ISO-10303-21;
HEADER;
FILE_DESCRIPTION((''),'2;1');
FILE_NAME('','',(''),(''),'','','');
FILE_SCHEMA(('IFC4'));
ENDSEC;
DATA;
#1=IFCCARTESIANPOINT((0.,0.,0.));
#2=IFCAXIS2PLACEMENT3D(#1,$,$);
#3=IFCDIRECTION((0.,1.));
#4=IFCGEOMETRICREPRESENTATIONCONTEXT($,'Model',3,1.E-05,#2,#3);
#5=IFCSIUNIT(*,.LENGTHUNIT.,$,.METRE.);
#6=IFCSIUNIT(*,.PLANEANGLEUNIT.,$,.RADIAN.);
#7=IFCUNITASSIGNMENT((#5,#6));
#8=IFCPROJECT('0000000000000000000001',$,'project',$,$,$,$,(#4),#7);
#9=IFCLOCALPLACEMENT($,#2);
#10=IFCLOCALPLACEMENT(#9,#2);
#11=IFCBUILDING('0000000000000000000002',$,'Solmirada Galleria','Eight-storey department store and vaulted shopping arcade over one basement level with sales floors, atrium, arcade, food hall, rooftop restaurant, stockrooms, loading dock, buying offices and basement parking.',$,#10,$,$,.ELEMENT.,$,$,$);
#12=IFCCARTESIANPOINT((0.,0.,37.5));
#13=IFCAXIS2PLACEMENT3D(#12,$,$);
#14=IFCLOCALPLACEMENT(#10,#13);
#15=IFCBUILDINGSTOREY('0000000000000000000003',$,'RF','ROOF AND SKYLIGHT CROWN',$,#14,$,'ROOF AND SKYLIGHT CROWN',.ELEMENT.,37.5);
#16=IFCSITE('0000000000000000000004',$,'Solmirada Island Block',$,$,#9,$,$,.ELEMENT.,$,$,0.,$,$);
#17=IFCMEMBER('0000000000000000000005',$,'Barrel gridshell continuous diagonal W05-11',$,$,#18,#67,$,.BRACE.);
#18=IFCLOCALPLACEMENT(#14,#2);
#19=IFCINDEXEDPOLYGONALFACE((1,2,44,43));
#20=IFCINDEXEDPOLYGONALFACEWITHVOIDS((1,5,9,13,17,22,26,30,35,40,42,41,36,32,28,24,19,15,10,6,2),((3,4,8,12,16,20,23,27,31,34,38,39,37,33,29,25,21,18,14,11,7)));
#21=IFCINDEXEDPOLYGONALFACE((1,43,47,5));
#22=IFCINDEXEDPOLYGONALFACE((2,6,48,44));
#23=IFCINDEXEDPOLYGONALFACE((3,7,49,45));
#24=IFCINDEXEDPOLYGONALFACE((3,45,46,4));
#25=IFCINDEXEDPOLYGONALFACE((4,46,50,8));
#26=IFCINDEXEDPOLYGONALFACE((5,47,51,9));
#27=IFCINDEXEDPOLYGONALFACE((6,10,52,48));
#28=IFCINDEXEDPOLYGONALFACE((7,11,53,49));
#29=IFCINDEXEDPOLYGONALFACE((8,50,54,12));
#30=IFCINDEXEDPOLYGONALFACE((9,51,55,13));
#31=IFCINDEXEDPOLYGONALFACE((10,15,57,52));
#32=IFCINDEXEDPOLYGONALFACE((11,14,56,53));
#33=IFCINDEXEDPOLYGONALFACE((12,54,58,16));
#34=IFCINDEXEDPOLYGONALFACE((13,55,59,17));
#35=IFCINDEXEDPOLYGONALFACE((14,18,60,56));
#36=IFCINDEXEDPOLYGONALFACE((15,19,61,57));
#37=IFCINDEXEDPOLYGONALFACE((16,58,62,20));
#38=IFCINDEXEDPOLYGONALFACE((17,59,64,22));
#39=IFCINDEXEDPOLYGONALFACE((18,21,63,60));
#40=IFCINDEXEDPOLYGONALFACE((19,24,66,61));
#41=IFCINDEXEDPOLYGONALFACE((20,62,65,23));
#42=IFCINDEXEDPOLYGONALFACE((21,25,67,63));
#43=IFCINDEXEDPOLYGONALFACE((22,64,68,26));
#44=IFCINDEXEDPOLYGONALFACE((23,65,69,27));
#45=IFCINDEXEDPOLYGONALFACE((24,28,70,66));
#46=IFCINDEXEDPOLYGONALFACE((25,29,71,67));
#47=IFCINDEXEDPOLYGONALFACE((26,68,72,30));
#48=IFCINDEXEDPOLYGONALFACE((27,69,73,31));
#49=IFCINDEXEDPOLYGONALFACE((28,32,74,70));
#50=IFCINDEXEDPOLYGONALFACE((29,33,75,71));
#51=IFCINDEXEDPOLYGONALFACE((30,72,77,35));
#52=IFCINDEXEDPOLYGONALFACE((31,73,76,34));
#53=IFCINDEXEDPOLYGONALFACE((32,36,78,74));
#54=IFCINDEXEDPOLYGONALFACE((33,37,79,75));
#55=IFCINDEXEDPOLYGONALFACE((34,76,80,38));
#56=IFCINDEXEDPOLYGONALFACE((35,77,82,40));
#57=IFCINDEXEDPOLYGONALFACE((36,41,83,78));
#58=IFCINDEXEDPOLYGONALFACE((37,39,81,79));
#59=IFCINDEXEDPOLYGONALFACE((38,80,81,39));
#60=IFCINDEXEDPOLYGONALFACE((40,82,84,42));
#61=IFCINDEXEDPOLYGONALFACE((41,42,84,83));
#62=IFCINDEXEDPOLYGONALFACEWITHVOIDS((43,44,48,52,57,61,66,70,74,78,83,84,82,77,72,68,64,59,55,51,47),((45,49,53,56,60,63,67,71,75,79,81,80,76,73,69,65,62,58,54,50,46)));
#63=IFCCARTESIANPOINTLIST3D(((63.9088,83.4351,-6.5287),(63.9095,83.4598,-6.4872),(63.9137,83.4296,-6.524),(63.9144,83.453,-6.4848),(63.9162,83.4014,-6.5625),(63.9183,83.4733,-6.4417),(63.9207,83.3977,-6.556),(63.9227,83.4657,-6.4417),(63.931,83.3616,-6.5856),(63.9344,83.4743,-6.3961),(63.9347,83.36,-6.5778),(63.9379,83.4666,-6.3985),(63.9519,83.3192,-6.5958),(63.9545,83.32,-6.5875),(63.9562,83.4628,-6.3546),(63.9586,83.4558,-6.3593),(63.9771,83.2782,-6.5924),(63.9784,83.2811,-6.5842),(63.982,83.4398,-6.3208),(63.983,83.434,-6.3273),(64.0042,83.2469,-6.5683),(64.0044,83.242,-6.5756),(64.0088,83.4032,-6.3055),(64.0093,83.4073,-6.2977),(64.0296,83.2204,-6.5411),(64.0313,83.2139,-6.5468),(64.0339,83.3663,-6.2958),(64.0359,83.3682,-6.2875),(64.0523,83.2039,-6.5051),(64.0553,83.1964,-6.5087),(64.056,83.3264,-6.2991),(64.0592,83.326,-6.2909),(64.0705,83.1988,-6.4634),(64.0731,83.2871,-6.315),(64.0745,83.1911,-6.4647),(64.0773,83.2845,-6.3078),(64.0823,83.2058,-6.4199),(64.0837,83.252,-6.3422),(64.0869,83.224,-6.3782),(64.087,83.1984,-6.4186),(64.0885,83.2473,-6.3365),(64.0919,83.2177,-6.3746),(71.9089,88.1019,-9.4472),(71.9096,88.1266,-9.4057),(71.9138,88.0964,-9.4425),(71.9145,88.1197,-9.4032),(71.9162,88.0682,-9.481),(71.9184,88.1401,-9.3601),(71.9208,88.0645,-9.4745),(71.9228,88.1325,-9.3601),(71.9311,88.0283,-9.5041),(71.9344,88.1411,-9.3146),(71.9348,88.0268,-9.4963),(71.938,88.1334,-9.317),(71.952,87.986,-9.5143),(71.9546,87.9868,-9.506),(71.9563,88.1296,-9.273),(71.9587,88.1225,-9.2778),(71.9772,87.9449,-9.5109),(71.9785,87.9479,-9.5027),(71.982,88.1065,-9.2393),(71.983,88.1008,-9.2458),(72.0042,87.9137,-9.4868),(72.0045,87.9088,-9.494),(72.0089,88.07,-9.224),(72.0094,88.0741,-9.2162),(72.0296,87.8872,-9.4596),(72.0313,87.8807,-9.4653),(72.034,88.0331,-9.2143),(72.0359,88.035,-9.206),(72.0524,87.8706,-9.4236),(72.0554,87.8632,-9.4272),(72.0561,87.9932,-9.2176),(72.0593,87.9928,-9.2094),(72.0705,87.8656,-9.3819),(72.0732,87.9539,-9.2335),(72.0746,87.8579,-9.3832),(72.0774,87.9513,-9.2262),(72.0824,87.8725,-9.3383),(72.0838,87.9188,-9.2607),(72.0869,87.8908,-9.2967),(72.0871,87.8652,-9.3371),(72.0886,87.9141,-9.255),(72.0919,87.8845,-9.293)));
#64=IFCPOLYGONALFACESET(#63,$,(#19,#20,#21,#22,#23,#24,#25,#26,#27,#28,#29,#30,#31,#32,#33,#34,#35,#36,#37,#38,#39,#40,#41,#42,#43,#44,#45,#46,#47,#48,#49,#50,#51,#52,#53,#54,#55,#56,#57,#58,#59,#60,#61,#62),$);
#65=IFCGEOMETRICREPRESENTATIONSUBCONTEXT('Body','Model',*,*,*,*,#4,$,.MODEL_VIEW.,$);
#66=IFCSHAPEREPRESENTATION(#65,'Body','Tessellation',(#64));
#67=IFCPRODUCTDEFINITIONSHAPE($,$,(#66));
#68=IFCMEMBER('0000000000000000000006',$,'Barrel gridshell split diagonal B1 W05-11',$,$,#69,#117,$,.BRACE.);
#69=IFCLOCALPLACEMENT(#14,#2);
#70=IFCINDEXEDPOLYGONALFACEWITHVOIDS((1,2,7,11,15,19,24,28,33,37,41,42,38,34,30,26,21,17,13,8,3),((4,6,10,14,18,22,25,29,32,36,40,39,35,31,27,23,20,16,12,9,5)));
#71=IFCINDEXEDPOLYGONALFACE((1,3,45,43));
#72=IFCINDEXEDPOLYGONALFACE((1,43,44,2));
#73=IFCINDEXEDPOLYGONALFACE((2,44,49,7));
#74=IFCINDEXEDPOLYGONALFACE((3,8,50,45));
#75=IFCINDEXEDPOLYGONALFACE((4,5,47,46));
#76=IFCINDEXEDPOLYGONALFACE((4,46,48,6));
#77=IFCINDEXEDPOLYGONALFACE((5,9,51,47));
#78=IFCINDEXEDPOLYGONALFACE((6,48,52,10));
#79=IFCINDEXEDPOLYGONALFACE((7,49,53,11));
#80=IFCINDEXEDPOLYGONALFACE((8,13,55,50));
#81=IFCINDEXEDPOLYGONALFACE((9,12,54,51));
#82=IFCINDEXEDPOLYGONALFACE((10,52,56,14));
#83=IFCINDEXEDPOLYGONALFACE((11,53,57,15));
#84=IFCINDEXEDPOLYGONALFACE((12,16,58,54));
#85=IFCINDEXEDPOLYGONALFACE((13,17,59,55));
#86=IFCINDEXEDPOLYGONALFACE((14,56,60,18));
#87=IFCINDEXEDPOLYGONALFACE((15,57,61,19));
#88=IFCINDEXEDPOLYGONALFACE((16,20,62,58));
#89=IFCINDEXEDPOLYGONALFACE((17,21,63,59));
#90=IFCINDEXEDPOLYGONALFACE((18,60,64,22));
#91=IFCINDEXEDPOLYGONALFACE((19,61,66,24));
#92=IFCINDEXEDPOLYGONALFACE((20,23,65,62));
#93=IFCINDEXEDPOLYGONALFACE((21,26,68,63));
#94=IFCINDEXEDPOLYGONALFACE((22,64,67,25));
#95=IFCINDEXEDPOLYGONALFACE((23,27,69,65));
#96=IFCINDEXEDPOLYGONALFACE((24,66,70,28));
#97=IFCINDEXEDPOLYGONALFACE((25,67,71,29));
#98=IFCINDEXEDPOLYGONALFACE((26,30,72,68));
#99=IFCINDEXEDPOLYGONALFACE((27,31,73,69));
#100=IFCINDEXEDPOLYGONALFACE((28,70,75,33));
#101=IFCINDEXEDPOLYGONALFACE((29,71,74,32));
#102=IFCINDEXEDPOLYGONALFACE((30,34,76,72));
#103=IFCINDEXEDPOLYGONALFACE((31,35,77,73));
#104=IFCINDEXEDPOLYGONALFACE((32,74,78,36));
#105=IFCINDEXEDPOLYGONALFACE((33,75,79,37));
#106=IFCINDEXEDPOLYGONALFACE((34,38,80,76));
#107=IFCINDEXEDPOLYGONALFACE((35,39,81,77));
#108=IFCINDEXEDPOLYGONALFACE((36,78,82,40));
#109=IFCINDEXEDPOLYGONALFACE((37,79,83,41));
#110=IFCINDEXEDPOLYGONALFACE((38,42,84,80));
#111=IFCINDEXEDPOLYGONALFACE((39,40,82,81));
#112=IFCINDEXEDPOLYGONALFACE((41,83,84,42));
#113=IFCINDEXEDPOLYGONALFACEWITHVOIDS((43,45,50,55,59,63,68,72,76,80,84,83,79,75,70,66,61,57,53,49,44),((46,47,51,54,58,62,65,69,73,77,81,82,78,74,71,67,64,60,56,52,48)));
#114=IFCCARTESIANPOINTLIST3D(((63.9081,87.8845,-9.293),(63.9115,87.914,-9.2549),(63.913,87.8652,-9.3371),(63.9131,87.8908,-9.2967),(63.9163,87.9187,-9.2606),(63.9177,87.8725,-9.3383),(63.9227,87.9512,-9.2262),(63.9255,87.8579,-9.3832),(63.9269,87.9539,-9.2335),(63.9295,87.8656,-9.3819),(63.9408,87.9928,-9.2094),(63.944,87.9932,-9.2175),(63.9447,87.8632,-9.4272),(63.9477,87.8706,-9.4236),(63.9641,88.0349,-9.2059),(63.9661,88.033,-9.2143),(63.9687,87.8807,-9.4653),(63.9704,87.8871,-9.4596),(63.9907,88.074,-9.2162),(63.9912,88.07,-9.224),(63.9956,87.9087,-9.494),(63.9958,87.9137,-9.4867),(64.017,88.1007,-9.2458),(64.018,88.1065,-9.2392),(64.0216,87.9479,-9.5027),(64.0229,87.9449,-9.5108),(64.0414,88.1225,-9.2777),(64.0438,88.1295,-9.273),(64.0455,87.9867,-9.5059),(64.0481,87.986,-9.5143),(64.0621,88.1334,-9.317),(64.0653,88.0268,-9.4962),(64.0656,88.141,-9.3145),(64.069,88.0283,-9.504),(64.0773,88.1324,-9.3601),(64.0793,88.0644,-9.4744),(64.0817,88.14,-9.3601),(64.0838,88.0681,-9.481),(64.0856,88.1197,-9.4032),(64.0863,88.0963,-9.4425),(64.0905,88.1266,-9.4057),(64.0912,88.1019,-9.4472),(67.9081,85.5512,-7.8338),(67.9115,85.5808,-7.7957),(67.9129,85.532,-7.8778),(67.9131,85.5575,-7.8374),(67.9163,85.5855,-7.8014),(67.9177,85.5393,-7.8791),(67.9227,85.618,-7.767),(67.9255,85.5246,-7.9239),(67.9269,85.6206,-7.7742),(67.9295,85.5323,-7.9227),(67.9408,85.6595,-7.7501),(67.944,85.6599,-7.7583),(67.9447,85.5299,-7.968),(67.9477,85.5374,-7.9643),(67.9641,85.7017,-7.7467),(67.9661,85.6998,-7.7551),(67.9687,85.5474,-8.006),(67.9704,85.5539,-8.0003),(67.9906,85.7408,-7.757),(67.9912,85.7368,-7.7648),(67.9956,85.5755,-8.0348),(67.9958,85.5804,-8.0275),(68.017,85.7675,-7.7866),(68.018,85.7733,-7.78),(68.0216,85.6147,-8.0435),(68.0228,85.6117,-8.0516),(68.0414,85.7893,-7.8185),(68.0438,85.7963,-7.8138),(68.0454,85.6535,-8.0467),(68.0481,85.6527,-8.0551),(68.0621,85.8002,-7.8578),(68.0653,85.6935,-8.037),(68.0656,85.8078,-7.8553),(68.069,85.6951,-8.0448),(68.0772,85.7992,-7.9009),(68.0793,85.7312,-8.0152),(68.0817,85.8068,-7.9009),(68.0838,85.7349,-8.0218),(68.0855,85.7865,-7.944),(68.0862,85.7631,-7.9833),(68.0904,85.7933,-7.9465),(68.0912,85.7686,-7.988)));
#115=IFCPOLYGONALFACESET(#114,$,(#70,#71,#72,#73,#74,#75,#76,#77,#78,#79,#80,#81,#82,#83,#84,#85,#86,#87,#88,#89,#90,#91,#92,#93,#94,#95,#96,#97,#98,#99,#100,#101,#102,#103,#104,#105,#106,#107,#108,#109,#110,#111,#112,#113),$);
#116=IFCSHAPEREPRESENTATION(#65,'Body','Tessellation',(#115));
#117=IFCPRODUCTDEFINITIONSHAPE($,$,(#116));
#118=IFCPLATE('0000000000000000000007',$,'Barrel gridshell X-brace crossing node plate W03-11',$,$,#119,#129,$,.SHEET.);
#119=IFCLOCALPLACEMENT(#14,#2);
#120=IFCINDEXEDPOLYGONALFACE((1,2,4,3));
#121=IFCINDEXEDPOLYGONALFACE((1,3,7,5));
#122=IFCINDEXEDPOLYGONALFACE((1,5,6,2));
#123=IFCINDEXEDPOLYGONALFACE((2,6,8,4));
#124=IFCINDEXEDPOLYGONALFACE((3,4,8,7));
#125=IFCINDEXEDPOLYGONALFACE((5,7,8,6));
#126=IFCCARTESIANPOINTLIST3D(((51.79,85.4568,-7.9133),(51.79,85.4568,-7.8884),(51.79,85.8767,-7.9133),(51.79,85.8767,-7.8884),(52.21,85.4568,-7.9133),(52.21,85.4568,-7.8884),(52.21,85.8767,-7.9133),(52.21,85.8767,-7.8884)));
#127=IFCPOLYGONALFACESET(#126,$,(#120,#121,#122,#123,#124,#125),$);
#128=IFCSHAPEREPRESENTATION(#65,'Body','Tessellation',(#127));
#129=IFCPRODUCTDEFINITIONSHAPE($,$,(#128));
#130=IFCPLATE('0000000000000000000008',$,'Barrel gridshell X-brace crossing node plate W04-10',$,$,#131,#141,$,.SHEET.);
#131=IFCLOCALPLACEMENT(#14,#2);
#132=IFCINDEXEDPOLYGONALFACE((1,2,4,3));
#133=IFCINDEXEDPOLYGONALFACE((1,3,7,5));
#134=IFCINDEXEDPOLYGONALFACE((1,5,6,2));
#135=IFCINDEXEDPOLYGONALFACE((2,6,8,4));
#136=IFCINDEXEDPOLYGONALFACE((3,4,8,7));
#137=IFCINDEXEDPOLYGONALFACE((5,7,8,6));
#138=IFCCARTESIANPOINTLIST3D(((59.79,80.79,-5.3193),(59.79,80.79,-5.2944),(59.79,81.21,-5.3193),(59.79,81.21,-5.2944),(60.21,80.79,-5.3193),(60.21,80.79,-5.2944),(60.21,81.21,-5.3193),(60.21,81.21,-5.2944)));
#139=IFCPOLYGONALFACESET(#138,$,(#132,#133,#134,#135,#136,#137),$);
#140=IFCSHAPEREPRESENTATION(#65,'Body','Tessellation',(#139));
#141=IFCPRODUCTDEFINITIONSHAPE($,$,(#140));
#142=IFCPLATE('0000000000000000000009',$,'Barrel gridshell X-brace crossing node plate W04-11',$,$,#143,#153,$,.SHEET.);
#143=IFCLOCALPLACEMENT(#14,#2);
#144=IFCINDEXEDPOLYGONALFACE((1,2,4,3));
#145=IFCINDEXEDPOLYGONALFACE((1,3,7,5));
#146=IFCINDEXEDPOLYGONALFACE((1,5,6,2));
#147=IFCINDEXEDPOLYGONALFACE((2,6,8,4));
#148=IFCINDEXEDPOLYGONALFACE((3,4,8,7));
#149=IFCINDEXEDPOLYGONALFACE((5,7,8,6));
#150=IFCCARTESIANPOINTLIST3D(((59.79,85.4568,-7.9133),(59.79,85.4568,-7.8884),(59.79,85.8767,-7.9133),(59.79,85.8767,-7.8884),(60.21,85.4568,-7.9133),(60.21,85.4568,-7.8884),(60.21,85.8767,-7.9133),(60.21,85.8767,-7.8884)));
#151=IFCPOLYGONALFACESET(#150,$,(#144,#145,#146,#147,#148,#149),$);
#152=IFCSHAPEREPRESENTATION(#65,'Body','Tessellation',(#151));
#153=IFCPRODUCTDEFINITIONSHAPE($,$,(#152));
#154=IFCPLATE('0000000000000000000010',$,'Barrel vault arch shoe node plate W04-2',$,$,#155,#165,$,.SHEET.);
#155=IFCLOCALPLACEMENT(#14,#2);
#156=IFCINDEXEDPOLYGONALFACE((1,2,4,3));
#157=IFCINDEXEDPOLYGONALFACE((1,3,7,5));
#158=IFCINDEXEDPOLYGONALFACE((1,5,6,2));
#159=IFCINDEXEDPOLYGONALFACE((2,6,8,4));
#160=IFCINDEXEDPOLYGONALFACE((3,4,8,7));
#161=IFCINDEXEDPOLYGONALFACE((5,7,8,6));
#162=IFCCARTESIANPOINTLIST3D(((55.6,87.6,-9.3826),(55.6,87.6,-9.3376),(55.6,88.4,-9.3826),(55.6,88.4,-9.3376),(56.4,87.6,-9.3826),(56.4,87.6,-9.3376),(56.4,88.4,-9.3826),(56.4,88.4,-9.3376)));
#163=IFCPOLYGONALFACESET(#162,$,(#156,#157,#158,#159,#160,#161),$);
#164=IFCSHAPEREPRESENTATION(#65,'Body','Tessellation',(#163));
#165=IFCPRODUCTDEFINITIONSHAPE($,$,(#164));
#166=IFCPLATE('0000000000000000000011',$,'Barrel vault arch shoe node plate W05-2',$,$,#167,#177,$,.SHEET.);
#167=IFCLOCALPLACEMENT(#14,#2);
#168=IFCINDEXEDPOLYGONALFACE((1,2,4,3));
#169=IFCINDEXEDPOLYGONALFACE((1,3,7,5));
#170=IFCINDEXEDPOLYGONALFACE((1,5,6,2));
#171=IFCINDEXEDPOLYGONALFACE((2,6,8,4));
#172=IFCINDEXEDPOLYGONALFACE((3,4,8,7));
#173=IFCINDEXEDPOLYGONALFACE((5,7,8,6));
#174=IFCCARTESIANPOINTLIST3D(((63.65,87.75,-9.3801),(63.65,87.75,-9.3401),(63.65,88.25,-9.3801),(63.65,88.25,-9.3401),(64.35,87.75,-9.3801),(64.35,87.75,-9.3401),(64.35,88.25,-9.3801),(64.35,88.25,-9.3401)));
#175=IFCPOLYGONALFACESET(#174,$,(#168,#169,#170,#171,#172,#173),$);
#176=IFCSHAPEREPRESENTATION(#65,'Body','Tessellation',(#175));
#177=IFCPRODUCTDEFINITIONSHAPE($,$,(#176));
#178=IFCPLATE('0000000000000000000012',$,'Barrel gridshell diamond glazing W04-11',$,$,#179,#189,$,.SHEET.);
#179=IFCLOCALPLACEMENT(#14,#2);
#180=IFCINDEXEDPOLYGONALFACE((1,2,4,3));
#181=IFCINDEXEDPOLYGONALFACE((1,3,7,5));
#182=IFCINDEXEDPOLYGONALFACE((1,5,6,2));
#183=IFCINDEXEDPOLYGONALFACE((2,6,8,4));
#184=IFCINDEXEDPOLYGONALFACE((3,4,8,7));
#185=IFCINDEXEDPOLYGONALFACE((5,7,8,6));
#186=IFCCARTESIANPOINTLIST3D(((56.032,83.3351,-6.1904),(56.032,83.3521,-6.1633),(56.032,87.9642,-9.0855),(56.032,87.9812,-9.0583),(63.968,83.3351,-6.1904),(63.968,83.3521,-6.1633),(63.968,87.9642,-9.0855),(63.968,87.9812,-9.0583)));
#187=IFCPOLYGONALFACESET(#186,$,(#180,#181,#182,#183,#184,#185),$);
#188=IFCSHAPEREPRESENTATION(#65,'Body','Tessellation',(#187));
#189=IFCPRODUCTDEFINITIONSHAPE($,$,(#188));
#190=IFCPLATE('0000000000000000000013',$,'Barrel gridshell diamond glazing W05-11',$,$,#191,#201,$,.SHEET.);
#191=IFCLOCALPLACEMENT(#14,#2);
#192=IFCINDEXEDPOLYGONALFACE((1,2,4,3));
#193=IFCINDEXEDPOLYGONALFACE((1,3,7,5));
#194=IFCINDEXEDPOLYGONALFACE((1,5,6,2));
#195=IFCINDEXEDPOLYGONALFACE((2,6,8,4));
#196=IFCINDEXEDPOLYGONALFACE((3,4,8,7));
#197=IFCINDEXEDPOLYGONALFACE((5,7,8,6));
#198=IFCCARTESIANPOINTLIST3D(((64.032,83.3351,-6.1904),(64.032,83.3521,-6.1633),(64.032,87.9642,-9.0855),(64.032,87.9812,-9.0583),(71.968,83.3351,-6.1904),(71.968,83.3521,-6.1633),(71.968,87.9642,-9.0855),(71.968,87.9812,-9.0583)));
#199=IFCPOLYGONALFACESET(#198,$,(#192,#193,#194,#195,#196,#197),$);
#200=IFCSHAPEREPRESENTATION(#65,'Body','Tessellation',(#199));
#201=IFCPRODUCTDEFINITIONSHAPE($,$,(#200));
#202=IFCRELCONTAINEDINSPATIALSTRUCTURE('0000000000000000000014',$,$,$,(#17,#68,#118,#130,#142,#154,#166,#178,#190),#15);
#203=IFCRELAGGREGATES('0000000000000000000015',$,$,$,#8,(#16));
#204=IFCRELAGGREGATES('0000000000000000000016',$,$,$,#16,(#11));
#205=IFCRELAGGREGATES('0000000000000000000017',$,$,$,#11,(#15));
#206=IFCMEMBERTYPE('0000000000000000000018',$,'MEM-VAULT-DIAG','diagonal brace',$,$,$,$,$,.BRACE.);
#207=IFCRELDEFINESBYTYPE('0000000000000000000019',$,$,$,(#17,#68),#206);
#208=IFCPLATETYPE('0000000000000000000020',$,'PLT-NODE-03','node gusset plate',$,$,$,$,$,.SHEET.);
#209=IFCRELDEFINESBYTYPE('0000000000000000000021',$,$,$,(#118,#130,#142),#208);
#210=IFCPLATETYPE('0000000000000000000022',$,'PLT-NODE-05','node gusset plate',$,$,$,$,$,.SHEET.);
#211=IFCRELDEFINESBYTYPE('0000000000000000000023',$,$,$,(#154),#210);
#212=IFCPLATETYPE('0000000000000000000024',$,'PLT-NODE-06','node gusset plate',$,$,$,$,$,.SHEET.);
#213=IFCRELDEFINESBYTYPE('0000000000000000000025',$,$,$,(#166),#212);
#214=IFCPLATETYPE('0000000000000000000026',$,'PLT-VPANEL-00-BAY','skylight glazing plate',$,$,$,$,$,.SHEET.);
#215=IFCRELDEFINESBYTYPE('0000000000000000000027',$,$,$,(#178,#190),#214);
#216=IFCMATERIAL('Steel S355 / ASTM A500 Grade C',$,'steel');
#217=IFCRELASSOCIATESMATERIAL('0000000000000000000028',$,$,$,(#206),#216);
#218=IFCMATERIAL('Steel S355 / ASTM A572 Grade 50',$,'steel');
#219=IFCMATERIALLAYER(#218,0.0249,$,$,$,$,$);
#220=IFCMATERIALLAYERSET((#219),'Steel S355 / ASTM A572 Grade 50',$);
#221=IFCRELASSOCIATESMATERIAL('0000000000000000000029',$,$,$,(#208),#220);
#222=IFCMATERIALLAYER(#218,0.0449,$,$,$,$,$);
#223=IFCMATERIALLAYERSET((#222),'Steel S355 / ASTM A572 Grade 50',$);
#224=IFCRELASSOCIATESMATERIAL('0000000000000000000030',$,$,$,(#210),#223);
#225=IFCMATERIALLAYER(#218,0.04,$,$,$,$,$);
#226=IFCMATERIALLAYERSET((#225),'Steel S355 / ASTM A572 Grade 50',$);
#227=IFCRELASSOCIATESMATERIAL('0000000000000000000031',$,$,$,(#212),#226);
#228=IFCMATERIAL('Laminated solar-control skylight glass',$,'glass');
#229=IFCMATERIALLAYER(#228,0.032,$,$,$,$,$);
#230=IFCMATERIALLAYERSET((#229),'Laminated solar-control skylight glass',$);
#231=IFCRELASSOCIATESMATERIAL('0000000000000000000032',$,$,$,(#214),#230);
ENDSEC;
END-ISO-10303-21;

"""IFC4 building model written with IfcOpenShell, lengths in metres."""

from ifc_helpers import new_model, si_unit, direction, frame, origin, origin_2d, place, context, subcontext, project, spatial, polyline, rectangle, hollow_circle, outline, extrude, material, layer, layer_set, material_profile, profile_set, type_object, element, save


model = new_model("IFC4")

# Units and contexts
model_context = context("Model", 3, precision=1e-05, world=origin(), true_north=direction((0.0, 1.0)))
body_context = subcontext(model_context, "Body", "Model", "MODEL_VIEW")
ifc_project = project(units=[si_unit("LENGTHUNIT", "METRE"), si_unit("PLANEANGLEUNIT", "RADIAN")], contexts=[model_context])

# Site, building, storey
site_placement = place(None, origin())
site = spatial("IfcSite", under=ifc_project, at=site_placement, Name="Solmirada Island Block", CompositionType="ELEMENT", RefElevation=0.0)
building_placement = place(site_placement, origin())
building = spatial("IfcBuilding", under=site, at=building_placement, Name="Solmirada Galleria", Description="Eight-storey department store and vaulted shopping arcade over one basement level with sales floors, atrium, arcade, food hall, rooftop restaurant, stockrooms, loading dock, buying offices and basement parking.", CompositionType="ELEMENT")
storey_placement = place(building_placement, frame((0.0, 0.0, 37.5)))
storey = spatial("IfcBuildingStorey", under=building, at=storey_placement, Name="RF", Description="ROOF AND SKYLIGHT CROWN", LongName="ROOF AND SKYLIGHT CROWN", CompositionType="ELEMENT", Elevation=37.5)

# Members
ifc_material_1 = material(Name="Steel S355 / ASTM A500 Grade C", Category="steel")
ifc_material_profile_1 = material_profile(ifc_material_1, hollow_circle(Radius=0.1621, WallThickness=0.0088, at=origin_2d()), Name="HSS12.750X0.375")
ifc_profile_set_1 = profile_set([ifc_material_profile_1], Name="Steel S355 / ASTM A500 Grade C")
member_type_1 = type_object("IfcMemberType", Name="MEM-VAULT-DIAG", Description="diagonal brace", PredefinedType="BRACE", material=ifc_profile_set_1)
member_1_placement = place(storey_placement, frame((64.0, 83.3333, -6.4417), z_axis=(0.823841, 0.480582, -0.300543), x_axis=(-0.503878, 0.863775, 0.0)))
element("IfcMember", 1, at=member_1_placement, inside=storey, type_object=member_type_1, Name="Barrel gridshell continuous diagonal W05-11", PredefinedType="BRACE", context=body_context, shape_type="SweptSolid", body=[
    extrude(hollow_circle(Radius=0.1621, WallThickness=0.0088, at=origin_2d()), origin(), (0.0, 0.0, 1.0), 9.7107),
])
member_2_placement = place(storey_placement, frame((64.0, 88.0, -9.3601), z_axis=(0.823851, -0.480563, 0.300547), x_axis=(0.503858, 0.863787, 0.0)))
element("IfcMember", 2, at=member_2_placement, inside=storey, type_object=member_type_1, Name="Barrel gridshell split diagonal B1 W05-11", PredefinedType="BRACE", context=body_context, shape_type="SweptSolid", body=[
    extrude(hollow_circle(Radius=0.1621, WallThickness=0.0088, at=origin_2d()), origin(), (0.0, 0.0, 1.0), 4.8552),
])

# Plates
ifc_material_2 = material(Name="Steel S355 / ASTM A572 Grade 50", Category="steel")
ifc_layer_1 = layer(ifc_material_2, 0.0249)
ifc_layer_set_1 = layer_set([ifc_layer_1], Name="Steel S355 / ASTM A572 Grade 50")
plate_type_1 = type_object("IfcPlateType", Name="PLT-NODE-03", Description="node gusset plate", PredefinedType="SHEET", material=ifc_layer_set_1)
for number, where, z_axis, x_axis, name in (
    (3, (52.0, 85.6667, -7.9133), (0.0, 0.0, 1.0), (1.0, 0.0, 0.0), "Barrel gridshell X-brace crossing node plate W03-11"),
    (4, (60.0, 81.0, -5.3193), (0.0, 0.0, 1.0), (1.0, 0.0, 0.0), "Barrel gridshell X-brace crossing node plate W04-10"),
    (5, (60.0, 85.6667, -7.9133), (0.0, 0.0, 1.0), (1.0, 0.0, 0.0), "Barrel gridshell X-brace crossing node plate W04-11"),
):
    element("IfcPlate", number, at=place(storey_placement, frame(where, z_axis=z_axis, x_axis=x_axis)), inside=storey, type_object=plate_type_1, Name=name, PredefinedType="SHEET", context=body_context, shape_type="SweptSolid", body=[
        extrude(rectangle(XDim=0.4199, YDim=0.4199, at=origin_2d()), origin(), (0.0, 0.0, 1.0), 0.0249),
    ])
ifc_layer_2 = layer(ifc_material_2, 0.0449)
ifc_layer_set_2 = layer_set([ifc_layer_2], Name="Steel S355 / ASTM A572 Grade 50")
plate_type_2 = type_object("IfcPlateType", Name="PLT-NODE-05", Description="node gusset plate", PredefinedType="SHEET", material=ifc_layer_set_2)
plate_1_placement = place(storey_placement, frame((56.0, 88.0, -9.3826), z_axis=(0.0, 0.0, 1.0), x_axis=(1.0, 0.0, 0.0)))
element("IfcPlate", 6, at=plate_1_placement, inside=storey, type_object=plate_type_2, Name="Barrel vault arch shoe node plate W04-2", PredefinedType="SHEET", context=body_context, shape_type="SweptSolid", body=[
    extrude(rectangle(XDim=0.8, YDim=0.8, at=origin_2d()), origin(), (0.0, 0.0, 1.0), 0.0449),
])
ifc_layer_3 = layer(ifc_material_2, 0.04)
ifc_layer_set_3 = layer_set([ifc_layer_3], Name="Steel S355 / ASTM A572 Grade 50")
plate_type_3 = type_object("IfcPlateType", Name="PLT-NODE-06", Description="node gusset plate", PredefinedType="SHEET", material=ifc_layer_set_3)
plate_2_placement = place(storey_placement, frame((64.0, 88.0, -9.3801), z_axis=(0.0, 0.0, 1.0), x_axis=(1.0, 0.0, 0.0)))
element("IfcPlate", 7, at=plate_2_placement, inside=storey, type_object=plate_type_3, Name="Barrel vault arch shoe node plate W05-2", PredefinedType="SHEET", context=body_context, shape_type="SweptSolid", body=[
    extrude(rectangle(XDim=0.7, YDim=0.5, at=origin_2d()), origin(), (0.0, 0.0, 1.0), 0.04),
])
ifc_material_3 = material(Name="Laminated solar-control skylight glass", Category="glass")
ifc_layer_4 = layer(ifc_material_3, 0.032)
ifc_layer_set_4 = layer_set([ifc_layer_4], Name="Laminated solar-control skylight glass")
plate_type_4 = type_object("IfcPlateType", Name="PLT-VPANEL-00-BAY", Description="skylight glazing plate", PredefinedType="SHEET", material=ifc_layer_set_4)
for number, where, z_axis, x_axis, name in (
    (8, (56.032, 83.3521, -6.1633), (0.0, 0.530236, 0.84785), (1.0, 0.0, 0.0), "Barrel gridshell diamond glazing W04-11"),
    (9, (64.032, 83.3521, -6.1633), (0.0, 0.530236, 0.84785), (1.0, 0.0, 0.0), "Barrel gridshell diamond glazing W05-11"),
):
    element("IfcPlate", number, at=place(storey_placement, frame(where, z_axis=z_axis, x_axis=x_axis)), inside=storey, type_object=plate_type_4, Name=name, PredefinedType="SHEET", context=body_context, shape_type="SweptSolid", body=[
        extrude(outline(polyline([(0.0, 0.0), (7.936, 0.0), (7.936, 5.4599), (0.0, 5.4599), (0.0, 0.0)])), origin(), (0.0, 0.0, -1.0), 0.032),
    ])

save(model, "model.ifc")
